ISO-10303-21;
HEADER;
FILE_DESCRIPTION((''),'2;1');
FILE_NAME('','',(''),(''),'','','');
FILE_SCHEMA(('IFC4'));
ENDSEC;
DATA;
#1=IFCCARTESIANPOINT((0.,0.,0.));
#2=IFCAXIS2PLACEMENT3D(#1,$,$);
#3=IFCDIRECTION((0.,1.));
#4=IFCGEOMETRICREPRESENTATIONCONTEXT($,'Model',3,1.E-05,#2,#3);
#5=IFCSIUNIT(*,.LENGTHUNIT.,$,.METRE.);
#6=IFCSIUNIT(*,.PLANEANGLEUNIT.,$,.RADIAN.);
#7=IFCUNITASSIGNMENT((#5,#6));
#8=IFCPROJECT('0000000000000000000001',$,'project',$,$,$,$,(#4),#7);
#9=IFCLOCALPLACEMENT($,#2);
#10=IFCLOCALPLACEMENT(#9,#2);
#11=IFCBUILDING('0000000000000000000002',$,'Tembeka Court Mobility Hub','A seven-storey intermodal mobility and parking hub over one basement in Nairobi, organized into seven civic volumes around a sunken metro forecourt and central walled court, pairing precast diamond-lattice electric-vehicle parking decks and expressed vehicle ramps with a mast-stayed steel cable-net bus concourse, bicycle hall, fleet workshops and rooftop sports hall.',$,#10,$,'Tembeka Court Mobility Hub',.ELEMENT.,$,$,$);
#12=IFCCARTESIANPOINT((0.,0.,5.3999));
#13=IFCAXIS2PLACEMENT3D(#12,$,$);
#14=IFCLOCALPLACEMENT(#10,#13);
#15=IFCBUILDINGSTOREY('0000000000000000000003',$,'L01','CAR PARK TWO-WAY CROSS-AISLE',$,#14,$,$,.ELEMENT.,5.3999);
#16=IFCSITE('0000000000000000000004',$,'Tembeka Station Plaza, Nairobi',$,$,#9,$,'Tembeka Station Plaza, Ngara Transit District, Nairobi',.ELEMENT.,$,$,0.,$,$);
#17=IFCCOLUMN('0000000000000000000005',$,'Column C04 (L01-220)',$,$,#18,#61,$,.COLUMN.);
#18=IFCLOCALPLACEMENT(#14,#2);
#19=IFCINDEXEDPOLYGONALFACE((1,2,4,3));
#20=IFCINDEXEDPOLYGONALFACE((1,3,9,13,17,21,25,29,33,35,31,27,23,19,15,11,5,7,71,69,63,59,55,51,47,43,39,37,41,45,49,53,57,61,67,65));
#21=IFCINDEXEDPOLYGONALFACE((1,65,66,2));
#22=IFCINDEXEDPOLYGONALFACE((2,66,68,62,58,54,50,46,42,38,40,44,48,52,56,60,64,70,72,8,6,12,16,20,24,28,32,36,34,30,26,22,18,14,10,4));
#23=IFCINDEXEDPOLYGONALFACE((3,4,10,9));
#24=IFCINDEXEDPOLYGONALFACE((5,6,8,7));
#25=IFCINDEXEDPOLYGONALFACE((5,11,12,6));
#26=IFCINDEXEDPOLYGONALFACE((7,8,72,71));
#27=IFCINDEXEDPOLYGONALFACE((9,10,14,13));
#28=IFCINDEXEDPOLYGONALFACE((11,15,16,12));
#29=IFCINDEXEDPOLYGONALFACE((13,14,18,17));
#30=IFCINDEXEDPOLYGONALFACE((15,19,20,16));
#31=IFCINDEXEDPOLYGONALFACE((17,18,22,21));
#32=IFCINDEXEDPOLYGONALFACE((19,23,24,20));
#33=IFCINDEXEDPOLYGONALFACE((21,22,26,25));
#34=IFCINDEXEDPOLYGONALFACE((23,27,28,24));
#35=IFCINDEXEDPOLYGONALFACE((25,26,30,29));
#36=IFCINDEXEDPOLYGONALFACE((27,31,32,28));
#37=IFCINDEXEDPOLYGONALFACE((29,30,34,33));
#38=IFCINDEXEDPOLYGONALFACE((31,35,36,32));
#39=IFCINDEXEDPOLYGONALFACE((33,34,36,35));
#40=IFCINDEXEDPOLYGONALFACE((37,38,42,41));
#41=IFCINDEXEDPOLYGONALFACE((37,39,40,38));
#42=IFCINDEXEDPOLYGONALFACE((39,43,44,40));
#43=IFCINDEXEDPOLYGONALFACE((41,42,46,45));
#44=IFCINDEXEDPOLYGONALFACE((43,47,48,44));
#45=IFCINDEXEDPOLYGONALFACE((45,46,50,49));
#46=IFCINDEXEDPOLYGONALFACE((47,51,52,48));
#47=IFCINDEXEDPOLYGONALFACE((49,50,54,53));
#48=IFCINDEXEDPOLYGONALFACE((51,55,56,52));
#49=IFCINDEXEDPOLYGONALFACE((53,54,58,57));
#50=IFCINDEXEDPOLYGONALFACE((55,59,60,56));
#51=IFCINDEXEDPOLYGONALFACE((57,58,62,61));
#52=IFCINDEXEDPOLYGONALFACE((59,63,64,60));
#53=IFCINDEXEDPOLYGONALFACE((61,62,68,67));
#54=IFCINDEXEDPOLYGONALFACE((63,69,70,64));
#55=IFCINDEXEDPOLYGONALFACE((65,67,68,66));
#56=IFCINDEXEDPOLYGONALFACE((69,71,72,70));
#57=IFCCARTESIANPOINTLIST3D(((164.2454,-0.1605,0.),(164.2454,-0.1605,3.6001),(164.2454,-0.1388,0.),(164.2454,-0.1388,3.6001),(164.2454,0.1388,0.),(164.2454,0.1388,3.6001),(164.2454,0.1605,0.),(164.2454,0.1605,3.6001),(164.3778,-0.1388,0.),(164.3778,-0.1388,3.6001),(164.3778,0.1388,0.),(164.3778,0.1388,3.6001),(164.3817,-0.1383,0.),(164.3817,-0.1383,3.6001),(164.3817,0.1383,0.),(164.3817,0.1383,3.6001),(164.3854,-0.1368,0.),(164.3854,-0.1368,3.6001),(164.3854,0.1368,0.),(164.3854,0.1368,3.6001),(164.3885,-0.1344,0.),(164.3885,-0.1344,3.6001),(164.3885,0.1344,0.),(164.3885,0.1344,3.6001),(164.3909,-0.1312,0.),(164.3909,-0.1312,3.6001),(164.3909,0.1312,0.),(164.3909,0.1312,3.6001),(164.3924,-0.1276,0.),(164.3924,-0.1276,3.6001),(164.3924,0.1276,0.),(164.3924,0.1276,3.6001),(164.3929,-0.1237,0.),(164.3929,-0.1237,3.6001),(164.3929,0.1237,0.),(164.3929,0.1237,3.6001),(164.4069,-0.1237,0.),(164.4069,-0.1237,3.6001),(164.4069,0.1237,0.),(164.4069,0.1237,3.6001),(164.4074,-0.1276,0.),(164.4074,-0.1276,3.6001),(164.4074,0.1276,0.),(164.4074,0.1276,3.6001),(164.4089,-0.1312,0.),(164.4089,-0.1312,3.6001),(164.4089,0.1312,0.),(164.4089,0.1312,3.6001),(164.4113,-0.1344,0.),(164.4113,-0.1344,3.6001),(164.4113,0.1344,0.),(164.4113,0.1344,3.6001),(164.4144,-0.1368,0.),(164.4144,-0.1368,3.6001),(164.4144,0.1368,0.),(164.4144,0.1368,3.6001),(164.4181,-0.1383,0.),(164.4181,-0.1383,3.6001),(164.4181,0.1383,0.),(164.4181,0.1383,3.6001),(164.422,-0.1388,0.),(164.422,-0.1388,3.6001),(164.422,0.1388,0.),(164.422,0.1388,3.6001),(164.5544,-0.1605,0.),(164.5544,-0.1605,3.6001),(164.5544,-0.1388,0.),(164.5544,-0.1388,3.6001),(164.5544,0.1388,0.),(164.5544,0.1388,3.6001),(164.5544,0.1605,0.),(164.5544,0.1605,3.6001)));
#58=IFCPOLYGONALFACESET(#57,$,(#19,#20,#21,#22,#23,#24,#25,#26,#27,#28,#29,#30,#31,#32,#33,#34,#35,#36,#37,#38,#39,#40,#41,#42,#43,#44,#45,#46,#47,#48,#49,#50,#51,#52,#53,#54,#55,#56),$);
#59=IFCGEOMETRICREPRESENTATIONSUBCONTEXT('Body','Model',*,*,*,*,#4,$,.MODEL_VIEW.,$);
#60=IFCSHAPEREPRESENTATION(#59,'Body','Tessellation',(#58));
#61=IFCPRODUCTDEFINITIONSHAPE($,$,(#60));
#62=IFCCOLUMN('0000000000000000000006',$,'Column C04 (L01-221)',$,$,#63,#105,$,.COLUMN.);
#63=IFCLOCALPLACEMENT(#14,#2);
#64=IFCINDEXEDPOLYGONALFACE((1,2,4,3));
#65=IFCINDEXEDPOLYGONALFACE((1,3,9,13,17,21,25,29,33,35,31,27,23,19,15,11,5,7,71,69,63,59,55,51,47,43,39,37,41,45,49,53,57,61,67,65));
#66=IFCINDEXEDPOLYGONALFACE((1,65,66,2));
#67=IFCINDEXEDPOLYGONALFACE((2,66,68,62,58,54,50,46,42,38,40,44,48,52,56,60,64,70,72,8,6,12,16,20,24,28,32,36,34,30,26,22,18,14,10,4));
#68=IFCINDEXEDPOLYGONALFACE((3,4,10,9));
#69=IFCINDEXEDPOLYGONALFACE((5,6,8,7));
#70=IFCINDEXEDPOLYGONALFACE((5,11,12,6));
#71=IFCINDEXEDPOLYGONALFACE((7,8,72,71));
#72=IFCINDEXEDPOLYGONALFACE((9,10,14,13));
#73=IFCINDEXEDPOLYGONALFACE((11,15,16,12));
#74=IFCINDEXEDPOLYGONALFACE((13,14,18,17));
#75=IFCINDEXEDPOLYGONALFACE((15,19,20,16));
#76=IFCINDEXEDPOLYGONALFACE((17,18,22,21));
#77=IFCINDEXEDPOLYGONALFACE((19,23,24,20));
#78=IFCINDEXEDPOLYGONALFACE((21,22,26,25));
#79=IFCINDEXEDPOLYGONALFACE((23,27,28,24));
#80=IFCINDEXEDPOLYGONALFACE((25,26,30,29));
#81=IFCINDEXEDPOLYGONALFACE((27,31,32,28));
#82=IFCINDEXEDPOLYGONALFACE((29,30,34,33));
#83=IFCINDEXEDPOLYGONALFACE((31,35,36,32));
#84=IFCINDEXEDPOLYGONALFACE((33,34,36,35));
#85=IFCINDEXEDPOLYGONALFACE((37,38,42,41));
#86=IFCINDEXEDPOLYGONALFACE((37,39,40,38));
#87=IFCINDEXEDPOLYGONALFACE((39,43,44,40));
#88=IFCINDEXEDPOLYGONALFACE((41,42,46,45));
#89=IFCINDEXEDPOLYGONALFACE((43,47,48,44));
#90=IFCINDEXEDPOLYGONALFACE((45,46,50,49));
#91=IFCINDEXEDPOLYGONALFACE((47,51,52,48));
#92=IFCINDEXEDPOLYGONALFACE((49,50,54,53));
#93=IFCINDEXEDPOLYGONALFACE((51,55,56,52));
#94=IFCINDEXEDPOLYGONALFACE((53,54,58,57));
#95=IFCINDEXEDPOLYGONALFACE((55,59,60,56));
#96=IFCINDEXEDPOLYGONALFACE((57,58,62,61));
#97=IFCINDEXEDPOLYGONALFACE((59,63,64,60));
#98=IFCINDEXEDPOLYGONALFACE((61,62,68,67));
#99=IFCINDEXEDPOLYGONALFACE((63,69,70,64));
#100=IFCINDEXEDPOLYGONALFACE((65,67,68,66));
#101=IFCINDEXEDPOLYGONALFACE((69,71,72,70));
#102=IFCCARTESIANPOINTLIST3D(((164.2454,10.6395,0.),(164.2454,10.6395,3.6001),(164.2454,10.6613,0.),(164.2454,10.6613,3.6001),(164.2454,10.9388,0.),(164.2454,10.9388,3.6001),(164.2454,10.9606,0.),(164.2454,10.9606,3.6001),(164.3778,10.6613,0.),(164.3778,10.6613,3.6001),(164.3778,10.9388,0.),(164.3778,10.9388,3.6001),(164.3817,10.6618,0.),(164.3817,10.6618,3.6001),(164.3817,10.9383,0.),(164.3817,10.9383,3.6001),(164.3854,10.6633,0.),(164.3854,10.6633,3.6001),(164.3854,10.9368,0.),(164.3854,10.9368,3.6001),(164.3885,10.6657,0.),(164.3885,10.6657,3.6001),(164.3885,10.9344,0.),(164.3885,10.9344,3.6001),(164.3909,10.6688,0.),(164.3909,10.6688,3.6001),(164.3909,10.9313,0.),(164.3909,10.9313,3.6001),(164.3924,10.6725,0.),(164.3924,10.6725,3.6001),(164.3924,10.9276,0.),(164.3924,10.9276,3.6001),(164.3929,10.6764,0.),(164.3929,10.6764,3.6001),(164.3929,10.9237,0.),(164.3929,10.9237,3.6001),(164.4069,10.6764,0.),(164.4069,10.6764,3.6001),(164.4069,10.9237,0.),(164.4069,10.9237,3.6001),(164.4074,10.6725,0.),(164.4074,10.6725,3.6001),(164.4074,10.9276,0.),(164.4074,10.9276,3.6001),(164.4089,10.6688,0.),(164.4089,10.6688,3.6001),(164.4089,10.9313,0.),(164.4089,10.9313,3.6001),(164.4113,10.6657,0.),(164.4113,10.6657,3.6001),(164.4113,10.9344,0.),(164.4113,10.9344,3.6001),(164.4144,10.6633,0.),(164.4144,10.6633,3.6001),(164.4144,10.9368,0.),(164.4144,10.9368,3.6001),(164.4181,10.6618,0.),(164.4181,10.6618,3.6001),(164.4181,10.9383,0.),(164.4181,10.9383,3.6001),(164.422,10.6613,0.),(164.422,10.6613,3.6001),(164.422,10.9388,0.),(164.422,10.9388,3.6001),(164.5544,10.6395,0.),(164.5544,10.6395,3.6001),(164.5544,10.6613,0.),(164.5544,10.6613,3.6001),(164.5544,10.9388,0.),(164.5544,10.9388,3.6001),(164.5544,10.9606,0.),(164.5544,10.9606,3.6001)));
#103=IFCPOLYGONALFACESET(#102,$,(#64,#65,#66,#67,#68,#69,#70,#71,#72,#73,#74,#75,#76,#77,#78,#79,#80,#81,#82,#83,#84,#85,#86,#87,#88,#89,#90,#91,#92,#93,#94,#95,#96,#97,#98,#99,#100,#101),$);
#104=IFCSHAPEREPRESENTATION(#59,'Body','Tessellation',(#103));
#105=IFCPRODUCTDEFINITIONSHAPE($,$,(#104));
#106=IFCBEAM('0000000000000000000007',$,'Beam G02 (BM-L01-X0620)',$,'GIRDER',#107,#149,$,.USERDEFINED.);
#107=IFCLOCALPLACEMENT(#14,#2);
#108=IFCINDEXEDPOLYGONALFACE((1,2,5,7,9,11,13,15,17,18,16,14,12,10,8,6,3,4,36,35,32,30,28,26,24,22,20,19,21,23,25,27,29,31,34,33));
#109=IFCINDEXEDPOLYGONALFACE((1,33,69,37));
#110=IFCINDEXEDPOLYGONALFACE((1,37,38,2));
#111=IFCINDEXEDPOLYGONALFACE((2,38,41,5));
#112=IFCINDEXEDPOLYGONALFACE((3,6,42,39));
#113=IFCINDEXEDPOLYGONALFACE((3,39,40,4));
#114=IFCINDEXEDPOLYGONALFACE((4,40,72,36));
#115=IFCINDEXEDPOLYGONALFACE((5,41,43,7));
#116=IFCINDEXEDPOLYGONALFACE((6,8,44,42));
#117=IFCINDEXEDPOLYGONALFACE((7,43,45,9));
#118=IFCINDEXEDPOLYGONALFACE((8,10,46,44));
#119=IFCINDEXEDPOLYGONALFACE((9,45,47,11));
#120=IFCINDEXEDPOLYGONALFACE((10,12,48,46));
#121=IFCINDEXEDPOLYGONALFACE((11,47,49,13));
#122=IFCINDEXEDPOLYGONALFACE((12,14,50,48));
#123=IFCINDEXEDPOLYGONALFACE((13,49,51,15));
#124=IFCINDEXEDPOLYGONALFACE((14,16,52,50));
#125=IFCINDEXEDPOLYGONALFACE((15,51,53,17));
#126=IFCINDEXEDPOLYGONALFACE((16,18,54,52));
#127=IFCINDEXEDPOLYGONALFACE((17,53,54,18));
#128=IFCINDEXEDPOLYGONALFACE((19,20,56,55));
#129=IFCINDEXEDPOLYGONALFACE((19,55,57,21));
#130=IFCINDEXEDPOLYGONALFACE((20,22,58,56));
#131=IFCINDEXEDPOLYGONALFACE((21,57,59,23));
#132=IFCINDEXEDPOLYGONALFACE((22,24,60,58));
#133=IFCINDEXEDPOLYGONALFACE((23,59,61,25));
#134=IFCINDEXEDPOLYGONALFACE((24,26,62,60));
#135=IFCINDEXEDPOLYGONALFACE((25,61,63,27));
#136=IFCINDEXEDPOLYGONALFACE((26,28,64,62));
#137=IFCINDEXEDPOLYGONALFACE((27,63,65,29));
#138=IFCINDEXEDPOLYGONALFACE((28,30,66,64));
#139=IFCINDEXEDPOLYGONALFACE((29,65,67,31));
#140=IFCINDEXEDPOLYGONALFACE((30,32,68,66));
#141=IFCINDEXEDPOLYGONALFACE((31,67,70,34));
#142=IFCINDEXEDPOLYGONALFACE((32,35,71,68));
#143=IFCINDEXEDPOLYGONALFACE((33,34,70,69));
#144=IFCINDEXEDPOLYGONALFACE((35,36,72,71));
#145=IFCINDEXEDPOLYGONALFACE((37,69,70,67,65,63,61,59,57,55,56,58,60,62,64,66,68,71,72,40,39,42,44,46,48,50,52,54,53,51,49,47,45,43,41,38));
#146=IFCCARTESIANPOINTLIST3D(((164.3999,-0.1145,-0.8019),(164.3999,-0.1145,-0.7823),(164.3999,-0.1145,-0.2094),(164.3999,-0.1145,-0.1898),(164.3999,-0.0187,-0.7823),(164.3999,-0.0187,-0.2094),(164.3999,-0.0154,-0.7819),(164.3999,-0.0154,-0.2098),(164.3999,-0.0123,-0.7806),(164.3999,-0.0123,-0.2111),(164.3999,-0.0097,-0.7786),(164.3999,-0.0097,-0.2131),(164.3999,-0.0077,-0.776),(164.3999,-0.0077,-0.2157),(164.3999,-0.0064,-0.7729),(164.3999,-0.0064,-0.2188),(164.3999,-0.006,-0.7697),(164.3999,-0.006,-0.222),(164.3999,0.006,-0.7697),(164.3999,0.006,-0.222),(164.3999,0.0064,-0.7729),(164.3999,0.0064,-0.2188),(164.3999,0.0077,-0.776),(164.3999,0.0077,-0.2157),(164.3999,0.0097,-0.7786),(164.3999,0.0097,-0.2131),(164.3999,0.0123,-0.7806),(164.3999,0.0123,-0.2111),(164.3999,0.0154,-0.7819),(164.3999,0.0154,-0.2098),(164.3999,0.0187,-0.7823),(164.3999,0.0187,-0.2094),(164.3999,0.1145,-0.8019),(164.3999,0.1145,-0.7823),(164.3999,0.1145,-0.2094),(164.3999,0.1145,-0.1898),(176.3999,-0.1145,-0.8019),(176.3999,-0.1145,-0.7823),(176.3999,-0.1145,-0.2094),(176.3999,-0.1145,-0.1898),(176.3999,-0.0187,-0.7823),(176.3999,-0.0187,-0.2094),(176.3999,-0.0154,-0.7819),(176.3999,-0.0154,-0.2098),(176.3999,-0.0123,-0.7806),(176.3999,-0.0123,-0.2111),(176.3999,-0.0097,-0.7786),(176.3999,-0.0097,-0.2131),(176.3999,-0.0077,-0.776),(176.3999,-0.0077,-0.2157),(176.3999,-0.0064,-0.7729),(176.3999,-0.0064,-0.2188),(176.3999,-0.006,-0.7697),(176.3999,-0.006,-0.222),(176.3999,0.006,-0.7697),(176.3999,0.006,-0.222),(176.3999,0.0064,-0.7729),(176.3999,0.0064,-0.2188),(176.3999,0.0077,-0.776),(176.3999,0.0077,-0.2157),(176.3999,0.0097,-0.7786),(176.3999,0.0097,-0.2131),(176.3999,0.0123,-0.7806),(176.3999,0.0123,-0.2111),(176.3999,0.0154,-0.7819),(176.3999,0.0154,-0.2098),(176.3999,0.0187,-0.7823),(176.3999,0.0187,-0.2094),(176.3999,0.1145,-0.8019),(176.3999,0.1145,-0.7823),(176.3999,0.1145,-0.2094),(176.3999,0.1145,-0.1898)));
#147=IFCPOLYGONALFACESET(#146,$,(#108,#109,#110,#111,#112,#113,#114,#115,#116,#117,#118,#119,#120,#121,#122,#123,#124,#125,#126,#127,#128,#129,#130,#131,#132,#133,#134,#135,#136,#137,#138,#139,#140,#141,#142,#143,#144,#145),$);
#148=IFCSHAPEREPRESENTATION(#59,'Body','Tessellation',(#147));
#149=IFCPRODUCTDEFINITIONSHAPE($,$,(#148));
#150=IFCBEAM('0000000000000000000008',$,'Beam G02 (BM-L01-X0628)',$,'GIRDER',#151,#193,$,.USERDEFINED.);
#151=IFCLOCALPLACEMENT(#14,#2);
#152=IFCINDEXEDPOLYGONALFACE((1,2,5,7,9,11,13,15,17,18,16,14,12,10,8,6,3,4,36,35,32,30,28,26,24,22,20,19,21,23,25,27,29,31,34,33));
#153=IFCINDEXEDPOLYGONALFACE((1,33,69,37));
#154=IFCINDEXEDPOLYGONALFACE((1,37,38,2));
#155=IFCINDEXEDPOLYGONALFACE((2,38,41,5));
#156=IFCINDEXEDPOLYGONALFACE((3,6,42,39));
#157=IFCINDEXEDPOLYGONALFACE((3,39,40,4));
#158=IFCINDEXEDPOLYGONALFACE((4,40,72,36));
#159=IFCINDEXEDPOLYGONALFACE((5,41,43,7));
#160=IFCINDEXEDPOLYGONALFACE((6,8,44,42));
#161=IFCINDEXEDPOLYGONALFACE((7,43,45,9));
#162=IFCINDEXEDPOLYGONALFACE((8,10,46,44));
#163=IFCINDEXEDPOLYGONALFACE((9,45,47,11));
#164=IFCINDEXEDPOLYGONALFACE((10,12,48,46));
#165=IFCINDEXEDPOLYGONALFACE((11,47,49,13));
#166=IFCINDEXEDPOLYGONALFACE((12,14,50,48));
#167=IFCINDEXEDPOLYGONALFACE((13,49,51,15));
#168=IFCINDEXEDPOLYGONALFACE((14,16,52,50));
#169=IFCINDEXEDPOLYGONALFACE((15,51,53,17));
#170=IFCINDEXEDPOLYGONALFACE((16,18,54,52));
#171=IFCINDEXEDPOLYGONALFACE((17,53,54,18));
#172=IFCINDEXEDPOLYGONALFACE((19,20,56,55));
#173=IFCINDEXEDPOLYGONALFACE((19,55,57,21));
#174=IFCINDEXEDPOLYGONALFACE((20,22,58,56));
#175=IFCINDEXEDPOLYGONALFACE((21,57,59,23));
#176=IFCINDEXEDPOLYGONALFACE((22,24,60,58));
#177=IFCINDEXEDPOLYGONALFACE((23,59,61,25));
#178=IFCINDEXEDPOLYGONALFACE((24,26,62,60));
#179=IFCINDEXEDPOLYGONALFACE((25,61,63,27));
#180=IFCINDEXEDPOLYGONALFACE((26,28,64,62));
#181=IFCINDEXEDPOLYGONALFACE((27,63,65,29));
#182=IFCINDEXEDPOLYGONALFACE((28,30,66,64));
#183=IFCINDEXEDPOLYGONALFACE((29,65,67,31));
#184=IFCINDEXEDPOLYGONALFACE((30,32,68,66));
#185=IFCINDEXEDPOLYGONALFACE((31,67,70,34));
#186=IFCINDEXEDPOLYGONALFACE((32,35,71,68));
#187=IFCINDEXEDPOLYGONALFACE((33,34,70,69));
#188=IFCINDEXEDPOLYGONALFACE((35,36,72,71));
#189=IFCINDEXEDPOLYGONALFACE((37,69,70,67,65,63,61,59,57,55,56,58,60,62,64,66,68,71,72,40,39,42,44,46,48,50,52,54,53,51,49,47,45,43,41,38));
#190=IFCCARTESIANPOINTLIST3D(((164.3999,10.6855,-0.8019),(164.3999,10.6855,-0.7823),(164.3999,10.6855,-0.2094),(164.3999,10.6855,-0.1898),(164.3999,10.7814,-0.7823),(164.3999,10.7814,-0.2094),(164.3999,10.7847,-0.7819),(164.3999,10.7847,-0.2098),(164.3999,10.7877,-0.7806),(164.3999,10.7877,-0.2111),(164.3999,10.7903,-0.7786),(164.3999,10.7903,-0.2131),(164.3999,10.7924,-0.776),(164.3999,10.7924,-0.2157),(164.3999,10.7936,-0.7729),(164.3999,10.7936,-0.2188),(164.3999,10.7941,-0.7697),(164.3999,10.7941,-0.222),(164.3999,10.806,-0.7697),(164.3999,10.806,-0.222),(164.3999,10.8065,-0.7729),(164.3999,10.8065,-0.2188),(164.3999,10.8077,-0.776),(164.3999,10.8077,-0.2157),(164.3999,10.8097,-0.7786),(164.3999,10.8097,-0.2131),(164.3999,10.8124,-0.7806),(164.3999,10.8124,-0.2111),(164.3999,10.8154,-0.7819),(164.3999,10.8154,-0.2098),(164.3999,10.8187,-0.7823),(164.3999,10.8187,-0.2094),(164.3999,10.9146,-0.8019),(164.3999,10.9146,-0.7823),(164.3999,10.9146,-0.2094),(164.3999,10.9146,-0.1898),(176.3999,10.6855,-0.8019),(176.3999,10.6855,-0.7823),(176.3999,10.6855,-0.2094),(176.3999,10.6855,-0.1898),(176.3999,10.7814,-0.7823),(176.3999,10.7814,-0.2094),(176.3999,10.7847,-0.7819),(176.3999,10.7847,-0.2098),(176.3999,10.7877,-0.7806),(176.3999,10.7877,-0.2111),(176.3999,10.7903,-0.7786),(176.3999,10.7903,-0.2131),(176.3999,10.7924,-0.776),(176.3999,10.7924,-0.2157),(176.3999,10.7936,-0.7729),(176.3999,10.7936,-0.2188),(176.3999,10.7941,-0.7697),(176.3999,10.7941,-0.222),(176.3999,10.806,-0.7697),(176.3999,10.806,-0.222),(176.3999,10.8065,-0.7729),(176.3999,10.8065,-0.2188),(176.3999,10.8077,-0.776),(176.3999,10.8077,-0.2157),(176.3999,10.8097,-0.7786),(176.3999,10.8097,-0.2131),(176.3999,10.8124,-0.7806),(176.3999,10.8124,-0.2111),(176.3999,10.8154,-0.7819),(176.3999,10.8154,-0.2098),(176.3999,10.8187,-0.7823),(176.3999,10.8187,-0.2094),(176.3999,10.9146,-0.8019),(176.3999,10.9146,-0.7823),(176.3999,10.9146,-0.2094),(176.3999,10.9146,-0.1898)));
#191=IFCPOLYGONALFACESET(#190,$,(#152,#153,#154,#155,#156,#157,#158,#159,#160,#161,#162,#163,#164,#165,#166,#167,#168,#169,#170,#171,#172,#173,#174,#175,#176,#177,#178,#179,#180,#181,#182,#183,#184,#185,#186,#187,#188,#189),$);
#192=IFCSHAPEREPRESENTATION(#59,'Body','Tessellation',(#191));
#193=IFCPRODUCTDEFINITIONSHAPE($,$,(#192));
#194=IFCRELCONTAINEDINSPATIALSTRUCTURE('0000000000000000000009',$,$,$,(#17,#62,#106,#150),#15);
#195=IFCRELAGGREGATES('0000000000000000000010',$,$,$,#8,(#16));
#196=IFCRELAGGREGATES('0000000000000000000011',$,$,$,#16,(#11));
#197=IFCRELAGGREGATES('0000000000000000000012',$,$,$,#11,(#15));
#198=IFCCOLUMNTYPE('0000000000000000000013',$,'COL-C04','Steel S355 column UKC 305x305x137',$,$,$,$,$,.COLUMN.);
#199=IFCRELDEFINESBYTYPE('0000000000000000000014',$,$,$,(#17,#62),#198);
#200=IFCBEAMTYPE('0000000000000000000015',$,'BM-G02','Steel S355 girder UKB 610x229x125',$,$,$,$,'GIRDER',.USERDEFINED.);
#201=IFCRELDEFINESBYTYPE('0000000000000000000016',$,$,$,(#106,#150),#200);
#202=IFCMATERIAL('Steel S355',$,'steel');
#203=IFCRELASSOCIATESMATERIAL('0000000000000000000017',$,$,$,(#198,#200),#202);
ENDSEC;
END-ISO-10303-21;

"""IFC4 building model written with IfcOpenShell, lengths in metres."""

from ifc_helpers import new_model, si_unit, direction, frame, origin, origin_2d, place, context, subcontext, project, spatial, i_section, extrude, material, material_profile, profile_set, type_object, element, save


model = new_model("IFC4")

# Units and contexts
model_context = context("Model", 3, precision=1e-05, world=origin(), true_north=direction((0.0, 1.0)))
body_context = subcontext(model_context, "Body", "Model", "MODEL_VIEW")
ifc_project = project(units=[si_unit("LENGTHUNIT", "METRE"), si_unit("PLANEANGLEUNIT", "RADIAN")], contexts=[model_context])

# Site, building, storey
site_placement = place(None, origin())
site = spatial("IfcSite", under=ifc_project, at=site_placement, Name="Tembeka Station Plaza, Nairobi", LongName="Tembeka Station Plaza, Ngara Transit District, Nairobi", CompositionType="ELEMENT", RefElevation=0.0)
building_placement = place(site_placement, origin())
building = spatial("IfcBuilding", under=site, at=building_placement, Name="Tembeka Court Mobility Hub", Description="A seven-storey intermodal mobility and parking hub over one basement in Nairobi, organized into seven civic volumes around a sunken metro forecourt and central walled court, pairing precast diamond-lattice electric-vehicle parking decks and expressed vehicle ramps with a mast-stayed steel cable-net bus concourse, bicycle hall, fleet workshops and rooftop sports hall.", LongName="Tembeka Court Mobility Hub", CompositionType="ELEMENT")
storey_placement = place(building_placement, frame((0.0, 0.0, 5.3999)))
storey = spatial("IfcBuildingStorey", under=building, at=storey_placement, Name="L01", Description="CAR PARK TWO-WAY CROSS-AISLE", CompositionType="ELEMENT", Elevation=5.3999)

# Columns
ifc_material_1 = material(Name="Steel S355", Category="steel")
ifc_material_profile_1 = material_profile(ifc_material_1, i_section(OverallWidth=0.3091, OverallDepth=0.321, WebThickness=0.0139, FlangeThickness=0.0217, FilletRadius=0.0151, at=origin_2d()), Name="UKC 305x305x137")
ifc_profile_set_1 = profile_set([ifc_material_profile_1], Name="Steel S355")
column_type = type_object("IfcColumnType", Name="COL-C04", Description="Steel S355 column UKC 305x305x137", PredefinedType="COLUMN", material=ifc_profile_set_1)
for number, where, z_axis, x_axis, name in (
    (1, (164.3999, 0.0, 0.0), (0.0, 0.0, 1.0), (1.0, 0.0, 0.0), "Column C04 (L01-220)"),
    (2, (164.3999, 10.8, 0.0), (0.0, 0.0, 1.0), (1.0, 0.0, 0.0), "Column C04 (L01-221)"),
):
    element("IfcColumn", number, at=place(storey_placement, frame(where, z_axis=z_axis, x_axis=x_axis)), inside=storey, type_object=column_type, Name=name, PredefinedType="COLUMN", context=body_context, shape_type="SweptSolid", body=[
        extrude(i_section(OverallWidth=0.3091, OverallDepth=0.321, WebThickness=0.0139, FlangeThickness=0.0217, FilletRadius=0.0151, at=origin_2d()), origin(), (0.0, 0.0, 1.0), 3.6001),
    ])

# Beams
ifc_material_profile_2 = material_profile(ifc_material_1, i_section(OverallWidth=0.229, OverallDepth=0.6121, WebThickness=0.012, FlangeThickness=0.0195, FilletRadius=0.0127, at=origin_2d()), Name="UKB 610x229x125")
ifc_profile_set_2 = profile_set([ifc_material_profile_2], Name="Steel S355")
beam_type_1 = type_object("IfcBeamType", Name="BM-G02", Description="Steel S355 girder UKB 610x229x125", ElementType="GIRDER", PredefinedType="USERDEFINED", material=ifc_profile_set_2)
for number, where, z_axis, x_axis, name in (
    (3, (164.3999, 0.0, -0.4958), (1.0, 0.0, 0.0), (0.0, 1.0, 0.0), "Beam G02 (BM-L01-X0620)"),
    (4, (164.3999, 10.8, -0.4958), (1.0, 0.0, 0.0), (0.0, 1.0, 0.0), "Beam G02 (BM-L01-X0628)"),
):
    element("IfcBeam", number, at=place(storey_placement, frame(where, z_axis=z_axis, x_axis=x_axis)), inside=storey, type_object=beam_type_1, Name=name, ObjectType="GIRDER", PredefinedType="USERDEFINED", context=body_context, shape_type="SweptSolid", body=[
        extrude(i_section(OverallWidth=0.229, OverallDepth=0.6121, WebThickness=0.012, FlangeThickness=0.0195, FilletRadius=0.0127, at=origin_2d()), origin(), (0.0, 0.0, 1.0), 12.0),
    ])

save(model, "model.ifc")
